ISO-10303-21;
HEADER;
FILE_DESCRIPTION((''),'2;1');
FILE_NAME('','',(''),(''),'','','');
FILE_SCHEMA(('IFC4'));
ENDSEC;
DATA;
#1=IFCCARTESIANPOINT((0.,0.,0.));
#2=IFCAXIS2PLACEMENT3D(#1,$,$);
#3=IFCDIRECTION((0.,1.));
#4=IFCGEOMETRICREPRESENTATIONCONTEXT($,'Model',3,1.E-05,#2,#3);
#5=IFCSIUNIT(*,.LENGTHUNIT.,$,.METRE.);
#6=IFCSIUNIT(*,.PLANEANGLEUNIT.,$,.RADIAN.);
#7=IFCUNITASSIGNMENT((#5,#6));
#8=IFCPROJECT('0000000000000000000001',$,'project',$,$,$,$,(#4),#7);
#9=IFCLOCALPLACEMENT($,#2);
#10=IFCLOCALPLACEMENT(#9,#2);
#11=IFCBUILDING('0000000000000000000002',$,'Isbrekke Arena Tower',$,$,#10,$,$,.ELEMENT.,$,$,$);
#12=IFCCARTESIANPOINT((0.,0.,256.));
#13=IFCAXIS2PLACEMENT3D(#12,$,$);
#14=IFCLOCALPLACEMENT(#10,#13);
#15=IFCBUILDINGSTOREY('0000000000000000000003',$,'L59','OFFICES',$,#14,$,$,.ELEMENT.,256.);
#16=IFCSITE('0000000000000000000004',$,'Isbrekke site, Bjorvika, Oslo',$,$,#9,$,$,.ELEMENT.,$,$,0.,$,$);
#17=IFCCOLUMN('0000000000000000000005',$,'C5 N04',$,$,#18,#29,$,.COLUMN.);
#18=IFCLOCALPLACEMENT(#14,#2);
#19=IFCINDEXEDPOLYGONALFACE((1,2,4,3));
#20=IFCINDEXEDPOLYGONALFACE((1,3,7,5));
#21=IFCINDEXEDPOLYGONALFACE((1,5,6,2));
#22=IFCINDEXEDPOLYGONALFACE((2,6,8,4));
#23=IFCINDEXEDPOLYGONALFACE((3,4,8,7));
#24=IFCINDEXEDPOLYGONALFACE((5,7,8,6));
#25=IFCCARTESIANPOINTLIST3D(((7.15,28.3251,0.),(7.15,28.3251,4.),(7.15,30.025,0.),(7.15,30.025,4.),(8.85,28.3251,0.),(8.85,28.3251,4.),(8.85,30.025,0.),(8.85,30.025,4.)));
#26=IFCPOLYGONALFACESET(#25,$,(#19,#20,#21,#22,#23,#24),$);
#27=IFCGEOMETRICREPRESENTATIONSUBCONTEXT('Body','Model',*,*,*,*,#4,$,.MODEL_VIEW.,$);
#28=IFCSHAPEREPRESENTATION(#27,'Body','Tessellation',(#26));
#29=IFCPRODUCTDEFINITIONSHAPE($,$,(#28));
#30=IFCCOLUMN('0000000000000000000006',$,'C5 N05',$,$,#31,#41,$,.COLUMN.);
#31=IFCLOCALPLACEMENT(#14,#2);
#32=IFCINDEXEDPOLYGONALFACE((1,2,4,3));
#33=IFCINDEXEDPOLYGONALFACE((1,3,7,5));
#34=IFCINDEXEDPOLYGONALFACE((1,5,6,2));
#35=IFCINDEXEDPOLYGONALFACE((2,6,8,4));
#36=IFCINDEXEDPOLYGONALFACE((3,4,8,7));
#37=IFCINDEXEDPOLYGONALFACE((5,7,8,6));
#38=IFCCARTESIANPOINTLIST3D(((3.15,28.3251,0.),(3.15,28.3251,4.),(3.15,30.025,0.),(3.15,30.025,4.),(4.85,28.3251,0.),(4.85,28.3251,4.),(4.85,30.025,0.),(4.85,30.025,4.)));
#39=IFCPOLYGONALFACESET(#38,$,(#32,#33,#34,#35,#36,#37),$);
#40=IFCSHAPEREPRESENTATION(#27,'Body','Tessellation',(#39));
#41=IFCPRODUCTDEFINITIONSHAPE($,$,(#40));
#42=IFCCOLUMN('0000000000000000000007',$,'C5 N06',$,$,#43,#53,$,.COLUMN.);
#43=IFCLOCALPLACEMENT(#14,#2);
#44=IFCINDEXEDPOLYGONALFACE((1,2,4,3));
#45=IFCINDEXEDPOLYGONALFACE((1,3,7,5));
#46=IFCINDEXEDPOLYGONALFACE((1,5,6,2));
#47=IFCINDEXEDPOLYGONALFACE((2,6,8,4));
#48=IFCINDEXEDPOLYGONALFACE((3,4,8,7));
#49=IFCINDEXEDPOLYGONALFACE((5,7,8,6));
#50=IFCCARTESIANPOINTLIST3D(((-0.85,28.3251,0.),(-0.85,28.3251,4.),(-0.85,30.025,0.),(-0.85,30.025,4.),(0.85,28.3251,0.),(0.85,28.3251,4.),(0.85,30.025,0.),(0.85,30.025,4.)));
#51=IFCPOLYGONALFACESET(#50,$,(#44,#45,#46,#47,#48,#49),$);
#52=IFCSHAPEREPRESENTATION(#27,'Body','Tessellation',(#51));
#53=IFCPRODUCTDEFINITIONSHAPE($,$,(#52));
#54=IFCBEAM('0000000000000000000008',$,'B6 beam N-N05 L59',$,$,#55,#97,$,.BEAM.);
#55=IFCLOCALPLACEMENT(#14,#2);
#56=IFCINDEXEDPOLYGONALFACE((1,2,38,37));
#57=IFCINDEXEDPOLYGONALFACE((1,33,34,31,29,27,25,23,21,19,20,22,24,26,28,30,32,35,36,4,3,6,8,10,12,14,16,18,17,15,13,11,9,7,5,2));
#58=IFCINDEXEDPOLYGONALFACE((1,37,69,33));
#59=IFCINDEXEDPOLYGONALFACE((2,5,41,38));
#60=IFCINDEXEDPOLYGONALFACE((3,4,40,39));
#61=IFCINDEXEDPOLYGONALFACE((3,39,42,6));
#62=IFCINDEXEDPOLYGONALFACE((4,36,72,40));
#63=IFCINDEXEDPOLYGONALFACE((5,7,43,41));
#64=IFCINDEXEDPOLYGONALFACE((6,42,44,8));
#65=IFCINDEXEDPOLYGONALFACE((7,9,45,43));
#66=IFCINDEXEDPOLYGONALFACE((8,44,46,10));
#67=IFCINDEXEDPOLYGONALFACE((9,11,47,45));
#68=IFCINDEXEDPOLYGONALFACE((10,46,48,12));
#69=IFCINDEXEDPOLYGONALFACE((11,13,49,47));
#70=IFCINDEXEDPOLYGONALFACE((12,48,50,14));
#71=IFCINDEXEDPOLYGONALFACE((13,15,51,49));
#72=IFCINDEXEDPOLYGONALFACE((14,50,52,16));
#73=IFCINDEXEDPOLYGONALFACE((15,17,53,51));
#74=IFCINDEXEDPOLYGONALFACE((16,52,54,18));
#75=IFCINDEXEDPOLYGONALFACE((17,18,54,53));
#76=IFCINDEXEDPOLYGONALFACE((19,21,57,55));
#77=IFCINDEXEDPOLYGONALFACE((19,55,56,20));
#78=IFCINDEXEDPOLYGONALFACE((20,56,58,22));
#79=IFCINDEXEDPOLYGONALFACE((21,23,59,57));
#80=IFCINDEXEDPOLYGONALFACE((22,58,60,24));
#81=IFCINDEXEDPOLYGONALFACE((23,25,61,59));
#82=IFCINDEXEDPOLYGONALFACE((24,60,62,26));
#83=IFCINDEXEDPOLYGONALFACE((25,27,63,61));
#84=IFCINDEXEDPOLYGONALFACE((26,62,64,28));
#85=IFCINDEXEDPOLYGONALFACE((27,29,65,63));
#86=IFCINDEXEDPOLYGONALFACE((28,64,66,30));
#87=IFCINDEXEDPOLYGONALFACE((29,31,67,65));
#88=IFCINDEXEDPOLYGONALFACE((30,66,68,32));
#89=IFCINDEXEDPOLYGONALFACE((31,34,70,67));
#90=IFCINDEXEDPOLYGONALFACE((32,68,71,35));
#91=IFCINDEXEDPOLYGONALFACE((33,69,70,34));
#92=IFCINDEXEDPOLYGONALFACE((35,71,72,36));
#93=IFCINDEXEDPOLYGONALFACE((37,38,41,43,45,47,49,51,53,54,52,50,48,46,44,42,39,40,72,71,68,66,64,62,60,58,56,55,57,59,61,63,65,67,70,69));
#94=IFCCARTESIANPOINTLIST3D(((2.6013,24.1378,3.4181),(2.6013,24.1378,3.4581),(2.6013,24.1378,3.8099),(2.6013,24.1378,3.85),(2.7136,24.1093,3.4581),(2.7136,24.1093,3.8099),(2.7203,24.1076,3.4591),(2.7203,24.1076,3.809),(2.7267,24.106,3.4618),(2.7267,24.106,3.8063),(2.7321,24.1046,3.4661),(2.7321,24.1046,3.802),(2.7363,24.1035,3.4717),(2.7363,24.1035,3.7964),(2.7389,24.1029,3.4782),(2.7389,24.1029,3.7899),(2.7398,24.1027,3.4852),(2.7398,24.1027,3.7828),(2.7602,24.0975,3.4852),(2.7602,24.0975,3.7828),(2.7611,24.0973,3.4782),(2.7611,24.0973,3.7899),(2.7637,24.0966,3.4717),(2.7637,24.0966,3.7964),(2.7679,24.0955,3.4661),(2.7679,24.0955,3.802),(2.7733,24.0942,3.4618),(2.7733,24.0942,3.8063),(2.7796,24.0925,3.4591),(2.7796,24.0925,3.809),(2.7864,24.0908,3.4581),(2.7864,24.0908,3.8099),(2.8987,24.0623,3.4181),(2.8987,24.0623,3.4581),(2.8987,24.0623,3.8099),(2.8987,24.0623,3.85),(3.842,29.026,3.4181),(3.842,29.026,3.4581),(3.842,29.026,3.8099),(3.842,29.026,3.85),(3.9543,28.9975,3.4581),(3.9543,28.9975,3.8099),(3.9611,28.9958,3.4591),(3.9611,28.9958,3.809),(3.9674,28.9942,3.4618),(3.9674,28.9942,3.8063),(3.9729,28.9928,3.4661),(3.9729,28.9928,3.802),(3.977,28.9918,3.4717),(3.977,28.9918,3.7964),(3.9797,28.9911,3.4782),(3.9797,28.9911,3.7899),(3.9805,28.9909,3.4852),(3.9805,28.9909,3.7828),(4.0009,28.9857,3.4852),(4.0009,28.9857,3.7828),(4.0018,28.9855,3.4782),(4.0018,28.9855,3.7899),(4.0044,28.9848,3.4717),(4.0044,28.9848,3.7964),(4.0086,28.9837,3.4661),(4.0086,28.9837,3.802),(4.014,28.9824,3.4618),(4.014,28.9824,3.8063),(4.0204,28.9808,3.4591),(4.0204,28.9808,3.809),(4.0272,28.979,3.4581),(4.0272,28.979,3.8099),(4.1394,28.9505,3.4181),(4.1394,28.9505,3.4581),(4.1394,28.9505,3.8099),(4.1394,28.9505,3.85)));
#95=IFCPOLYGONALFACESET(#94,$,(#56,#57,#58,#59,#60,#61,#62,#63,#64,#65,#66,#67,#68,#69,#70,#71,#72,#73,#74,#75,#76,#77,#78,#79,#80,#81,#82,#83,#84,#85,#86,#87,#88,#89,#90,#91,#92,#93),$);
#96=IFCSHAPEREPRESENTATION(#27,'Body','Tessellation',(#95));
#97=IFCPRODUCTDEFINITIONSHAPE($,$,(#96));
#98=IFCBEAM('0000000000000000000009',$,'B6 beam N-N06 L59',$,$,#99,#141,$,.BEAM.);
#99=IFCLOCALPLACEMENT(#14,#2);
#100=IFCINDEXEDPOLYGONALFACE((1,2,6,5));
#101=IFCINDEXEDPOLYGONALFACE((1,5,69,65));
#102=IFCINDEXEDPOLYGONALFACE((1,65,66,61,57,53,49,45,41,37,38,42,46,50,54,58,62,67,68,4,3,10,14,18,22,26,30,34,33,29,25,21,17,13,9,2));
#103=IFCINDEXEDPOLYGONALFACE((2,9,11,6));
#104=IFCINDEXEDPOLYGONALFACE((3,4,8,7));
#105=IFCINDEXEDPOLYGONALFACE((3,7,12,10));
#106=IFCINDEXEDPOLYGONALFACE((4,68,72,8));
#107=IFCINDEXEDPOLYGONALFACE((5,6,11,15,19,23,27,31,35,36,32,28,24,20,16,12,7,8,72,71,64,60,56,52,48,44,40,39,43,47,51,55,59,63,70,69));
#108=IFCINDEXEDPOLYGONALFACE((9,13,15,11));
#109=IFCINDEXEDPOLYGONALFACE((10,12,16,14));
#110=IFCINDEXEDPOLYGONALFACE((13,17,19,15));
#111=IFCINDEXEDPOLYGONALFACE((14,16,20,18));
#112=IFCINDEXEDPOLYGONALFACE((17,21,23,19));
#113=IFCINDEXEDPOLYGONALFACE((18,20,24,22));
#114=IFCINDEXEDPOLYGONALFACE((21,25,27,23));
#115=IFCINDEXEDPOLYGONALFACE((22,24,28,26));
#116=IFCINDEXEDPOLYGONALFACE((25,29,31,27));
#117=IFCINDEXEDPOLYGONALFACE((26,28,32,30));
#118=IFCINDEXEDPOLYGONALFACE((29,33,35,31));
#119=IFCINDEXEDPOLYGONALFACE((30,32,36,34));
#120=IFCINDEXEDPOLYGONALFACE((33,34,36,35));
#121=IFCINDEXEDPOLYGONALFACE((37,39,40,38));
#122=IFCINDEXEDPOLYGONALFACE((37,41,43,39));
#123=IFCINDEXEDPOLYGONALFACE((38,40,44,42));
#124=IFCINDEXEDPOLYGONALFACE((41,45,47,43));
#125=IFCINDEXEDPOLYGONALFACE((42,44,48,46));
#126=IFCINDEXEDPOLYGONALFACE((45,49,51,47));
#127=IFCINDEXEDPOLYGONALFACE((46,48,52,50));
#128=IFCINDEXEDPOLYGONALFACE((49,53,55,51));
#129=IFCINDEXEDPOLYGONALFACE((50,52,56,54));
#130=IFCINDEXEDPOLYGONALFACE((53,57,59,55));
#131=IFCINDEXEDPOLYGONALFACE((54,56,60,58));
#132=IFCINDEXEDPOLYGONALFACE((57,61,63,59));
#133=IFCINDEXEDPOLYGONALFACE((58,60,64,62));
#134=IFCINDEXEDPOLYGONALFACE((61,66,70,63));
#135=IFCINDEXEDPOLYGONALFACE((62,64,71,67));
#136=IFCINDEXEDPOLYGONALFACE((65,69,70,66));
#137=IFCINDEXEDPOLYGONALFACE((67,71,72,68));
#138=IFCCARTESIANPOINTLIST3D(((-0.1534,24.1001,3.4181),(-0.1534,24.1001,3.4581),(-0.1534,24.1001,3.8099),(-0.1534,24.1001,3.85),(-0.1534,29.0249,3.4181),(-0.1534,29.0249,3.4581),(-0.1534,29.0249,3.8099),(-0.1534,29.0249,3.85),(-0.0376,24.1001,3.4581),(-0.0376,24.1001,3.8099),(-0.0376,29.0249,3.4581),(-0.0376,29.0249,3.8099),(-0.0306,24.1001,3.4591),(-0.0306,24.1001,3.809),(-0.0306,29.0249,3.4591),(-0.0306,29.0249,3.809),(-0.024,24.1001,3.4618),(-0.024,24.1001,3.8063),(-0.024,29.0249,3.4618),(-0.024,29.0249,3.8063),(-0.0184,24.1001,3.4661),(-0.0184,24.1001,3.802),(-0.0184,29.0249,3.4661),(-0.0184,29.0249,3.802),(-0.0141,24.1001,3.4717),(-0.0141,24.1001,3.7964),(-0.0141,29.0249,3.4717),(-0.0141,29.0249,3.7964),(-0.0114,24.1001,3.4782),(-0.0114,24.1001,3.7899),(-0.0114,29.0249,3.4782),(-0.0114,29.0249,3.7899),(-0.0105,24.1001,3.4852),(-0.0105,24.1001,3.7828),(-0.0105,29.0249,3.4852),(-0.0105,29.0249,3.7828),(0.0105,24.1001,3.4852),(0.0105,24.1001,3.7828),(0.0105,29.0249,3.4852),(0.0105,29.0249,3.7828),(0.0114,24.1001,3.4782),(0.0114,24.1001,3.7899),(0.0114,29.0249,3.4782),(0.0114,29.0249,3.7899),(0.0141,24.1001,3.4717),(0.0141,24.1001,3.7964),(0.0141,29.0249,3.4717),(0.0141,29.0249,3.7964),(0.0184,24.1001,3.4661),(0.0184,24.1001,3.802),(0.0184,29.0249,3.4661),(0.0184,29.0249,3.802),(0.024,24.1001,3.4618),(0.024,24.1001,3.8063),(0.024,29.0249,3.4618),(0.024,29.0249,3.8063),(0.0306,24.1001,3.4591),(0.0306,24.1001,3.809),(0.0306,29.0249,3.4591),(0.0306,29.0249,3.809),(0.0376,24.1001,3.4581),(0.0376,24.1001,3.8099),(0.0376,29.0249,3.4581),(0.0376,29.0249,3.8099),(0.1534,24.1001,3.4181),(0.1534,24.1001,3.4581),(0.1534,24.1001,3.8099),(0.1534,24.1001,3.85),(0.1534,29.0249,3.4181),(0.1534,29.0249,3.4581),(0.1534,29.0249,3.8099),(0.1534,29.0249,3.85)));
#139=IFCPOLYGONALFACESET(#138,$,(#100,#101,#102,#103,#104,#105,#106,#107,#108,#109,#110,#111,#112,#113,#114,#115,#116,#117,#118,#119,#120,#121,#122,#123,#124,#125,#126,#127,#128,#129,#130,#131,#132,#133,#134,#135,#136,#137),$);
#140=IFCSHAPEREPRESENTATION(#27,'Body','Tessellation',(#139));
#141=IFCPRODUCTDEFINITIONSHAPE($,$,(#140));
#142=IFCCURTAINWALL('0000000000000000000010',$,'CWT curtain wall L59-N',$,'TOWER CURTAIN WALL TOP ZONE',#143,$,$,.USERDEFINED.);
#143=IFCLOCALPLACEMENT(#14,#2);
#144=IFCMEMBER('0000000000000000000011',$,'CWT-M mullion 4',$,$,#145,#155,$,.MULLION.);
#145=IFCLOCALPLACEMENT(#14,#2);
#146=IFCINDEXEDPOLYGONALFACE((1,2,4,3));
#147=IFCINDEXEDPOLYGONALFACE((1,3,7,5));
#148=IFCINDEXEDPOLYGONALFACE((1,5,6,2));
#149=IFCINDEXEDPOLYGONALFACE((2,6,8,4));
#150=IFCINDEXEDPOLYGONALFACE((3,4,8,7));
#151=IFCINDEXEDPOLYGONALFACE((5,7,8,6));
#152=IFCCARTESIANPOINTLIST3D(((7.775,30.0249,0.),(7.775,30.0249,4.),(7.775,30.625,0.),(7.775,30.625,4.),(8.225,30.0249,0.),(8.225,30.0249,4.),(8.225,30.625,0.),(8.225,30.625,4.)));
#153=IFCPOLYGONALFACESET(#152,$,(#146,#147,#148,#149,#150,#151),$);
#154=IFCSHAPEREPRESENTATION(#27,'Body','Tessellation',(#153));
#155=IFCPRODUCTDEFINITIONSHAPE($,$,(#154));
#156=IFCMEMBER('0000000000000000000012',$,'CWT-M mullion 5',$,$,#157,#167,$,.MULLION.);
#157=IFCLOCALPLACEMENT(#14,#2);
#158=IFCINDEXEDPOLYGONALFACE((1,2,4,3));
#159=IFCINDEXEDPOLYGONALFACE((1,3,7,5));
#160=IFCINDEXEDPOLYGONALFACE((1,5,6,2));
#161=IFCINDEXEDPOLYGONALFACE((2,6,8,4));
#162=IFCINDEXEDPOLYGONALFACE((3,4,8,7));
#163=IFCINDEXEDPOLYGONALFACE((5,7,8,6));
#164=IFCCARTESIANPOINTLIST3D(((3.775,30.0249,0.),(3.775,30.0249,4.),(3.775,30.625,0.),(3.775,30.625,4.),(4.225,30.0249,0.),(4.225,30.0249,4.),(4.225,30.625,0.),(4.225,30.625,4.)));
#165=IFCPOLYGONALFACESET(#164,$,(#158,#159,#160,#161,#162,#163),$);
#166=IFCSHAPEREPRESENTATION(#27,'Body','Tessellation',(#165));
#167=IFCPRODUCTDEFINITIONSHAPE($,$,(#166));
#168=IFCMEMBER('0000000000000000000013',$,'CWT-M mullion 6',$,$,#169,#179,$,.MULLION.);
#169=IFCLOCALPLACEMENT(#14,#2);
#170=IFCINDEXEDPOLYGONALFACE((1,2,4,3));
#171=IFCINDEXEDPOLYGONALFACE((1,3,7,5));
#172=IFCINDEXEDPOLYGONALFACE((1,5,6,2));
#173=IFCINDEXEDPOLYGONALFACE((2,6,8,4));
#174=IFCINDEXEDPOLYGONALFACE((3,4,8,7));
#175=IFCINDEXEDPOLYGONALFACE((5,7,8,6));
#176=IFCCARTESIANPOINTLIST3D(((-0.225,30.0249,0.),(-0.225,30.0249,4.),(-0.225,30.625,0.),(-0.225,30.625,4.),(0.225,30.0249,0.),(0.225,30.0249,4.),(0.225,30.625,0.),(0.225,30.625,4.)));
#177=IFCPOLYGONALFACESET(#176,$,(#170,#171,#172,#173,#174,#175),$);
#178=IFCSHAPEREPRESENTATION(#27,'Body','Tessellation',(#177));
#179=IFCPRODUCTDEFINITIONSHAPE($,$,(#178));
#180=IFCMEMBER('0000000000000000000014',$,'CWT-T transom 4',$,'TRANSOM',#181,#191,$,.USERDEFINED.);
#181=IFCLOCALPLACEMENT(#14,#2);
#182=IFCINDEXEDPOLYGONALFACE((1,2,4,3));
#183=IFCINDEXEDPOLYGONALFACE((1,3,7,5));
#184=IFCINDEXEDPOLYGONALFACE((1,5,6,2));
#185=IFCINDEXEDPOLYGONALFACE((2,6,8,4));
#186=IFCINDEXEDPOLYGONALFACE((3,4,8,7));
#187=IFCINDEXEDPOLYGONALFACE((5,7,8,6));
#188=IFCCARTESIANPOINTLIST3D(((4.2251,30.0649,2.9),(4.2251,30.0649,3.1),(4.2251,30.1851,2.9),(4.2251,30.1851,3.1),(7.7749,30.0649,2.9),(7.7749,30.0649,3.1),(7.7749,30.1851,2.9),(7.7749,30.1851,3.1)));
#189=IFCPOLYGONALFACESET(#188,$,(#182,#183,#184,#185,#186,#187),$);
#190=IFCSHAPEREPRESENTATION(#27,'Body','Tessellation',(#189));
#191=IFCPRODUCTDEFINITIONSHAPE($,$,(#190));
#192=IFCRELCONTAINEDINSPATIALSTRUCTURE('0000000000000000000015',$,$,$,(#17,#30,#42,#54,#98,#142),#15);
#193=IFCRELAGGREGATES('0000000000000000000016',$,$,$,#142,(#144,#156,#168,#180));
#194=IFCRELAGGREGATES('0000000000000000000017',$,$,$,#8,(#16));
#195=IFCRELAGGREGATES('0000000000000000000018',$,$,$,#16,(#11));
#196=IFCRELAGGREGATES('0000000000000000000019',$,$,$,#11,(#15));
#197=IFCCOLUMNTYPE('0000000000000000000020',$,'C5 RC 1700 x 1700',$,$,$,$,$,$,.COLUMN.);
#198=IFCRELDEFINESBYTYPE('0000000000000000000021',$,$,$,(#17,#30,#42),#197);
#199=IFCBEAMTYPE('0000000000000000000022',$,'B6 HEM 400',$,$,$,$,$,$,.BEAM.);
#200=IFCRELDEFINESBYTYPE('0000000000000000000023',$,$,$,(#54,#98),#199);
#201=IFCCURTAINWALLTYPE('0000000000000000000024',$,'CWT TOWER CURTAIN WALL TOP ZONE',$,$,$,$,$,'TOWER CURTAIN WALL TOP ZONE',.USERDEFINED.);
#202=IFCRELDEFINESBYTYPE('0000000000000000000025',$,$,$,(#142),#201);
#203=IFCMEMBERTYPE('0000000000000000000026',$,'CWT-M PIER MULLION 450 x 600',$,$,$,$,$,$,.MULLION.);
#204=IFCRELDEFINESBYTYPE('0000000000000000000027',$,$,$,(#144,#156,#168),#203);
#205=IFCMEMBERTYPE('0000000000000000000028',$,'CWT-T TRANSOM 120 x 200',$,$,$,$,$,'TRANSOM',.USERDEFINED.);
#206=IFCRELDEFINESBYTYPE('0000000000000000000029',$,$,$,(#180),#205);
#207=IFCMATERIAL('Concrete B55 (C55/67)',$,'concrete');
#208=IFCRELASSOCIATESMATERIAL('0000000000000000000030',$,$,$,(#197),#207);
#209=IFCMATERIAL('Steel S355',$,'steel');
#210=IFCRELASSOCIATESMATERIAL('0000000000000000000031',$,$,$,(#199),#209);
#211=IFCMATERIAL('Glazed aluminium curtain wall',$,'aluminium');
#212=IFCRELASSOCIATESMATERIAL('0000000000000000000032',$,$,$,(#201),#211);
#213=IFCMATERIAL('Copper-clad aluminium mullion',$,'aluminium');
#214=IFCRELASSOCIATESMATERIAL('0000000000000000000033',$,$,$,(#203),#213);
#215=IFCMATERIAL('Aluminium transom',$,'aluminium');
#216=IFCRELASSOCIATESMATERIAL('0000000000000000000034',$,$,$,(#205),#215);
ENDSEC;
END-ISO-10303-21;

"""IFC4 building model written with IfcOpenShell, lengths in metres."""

from ifc_helpers import new_model, si_unit, direction, frame, origin, origin_2d, place, context, subcontext, project, spatial, rectangle, i_section, extrude, material, material_profile, profile_set, type_object, element, aggregate, save


model = new_model("IFC4")

# Units and contexts
model_context = context("Model", 3, precision=1e-05, world=origin(), true_north=direction((0.0, 1.0)))
body_context = subcontext(model_context, "Body", "Model", "MODEL_VIEW")
ifc_project = project(units=[si_unit("LENGTHUNIT", "METRE"), si_unit("PLANEANGLEUNIT", "RADIAN")], contexts=[model_context])

# Site, building, storey
site_placement = place(None, origin())
site = spatial("IfcSite", under=ifc_project, at=site_placement, Name="Isbrekke site, Bjorvika, Oslo", CompositionType="ELEMENT", RefElevation=0.0)
building_placement = place(site_placement, origin())
building = spatial("IfcBuilding", under=site, at=building_placement, Name="Isbrekke Arena Tower", CompositionType="ELEMENT")
storey_placement = place(building_placement, frame((0.0, 0.0, 256.0)))
storey = spatial("IfcBuildingStorey", under=building, at=storey_placement, Name="L59", Description="OFFICES", CompositionType="ELEMENT", Elevation=256.0)

# Columns
ifc_material_1 = material(Name="Concrete B55 (C55/67)", Category="concrete")
ifc_material_profile_1 = material_profile(ifc_material_1, rectangle(XDim=1.7, YDim=1.7, at=origin_2d()), Name="RC 1700x1700")
ifc_profile_set_1 = profile_set([ifc_material_profile_1], Name="Concrete B55 (C55/67)")
column_type = type_object("IfcColumnType", Name="C5 RC 1700 x 1700", PredefinedType="COLUMN", material=ifc_profile_set_1)
for number, where, z_axis, x_axis, name in (
    (1, (8.0, 29.175, 0.0), (0.0, 0.0, 1.0), (-1.0, 0.0, 0.0), "C5 N04"),
    (2, (4.0, 29.175, 0.0), (0.0, 0.0, 1.0), (-1.0, 0.0, 0.0), "C5 N05"),
    (3, (0.0, 29.175, 0.0), (0.0, 0.0, 1.0), (-1.0, 0.0, 0.0), "C5 N06"),
):
    element("IfcColumn", number, at=place(storey_placement, frame(where, z_axis=z_axis, x_axis=x_axis)), inside=storey, type_object=column_type, Name=name, PredefinedType="COLUMN", context=body_context, shape_type="SweptSolid", body=[
        extrude(rectangle(XDim=1.7, YDim=1.7, at=origin_2d()), origin(), (0.0, 0.0, 1.0), 4.0),
    ])

# Beams
ifc_material_2 = material(Name="Steel S355", Category="steel")
ifc_material_profile_2 = material_profile(ifc_material_2, i_section(OverallWidth=0.3069, OverallDepth=0.4319, WebThickness=0.021, FlangeThickness=0.04, FilletRadius=0.0271, at=origin_2d()), Name="HEM 400")
ifc_profile_set_2 = profile_set([ifc_material_profile_2], Name="Steel S355")
beam_type_1 = type_object("IfcBeamType", Name="B6 HEM 400", PredefinedType="BEAM", material=ifc_profile_set_2)
beam_1_placement = place(storey_placement, frame((3.9907, 28.9883, 3.634), z_axis=(-0.24602, -0.969265, 0.0), x_axis=(0.969265, -0.24602, 0.0)))
element("IfcBeam", 4, at=beam_1_placement, inside=storey, type_object=beam_type_1, Name="B6 beam N-N05 L59", PredefinedType="BEAM", context=body_context, shape_type="SweptSolid", body=[
    extrude(i_section(OverallWidth=0.3069, OverallDepth=0.4319, WebThickness=0.021, FlangeThickness=0.04, FilletRadius=0.0271, at=origin_2d()), origin(), (0.0, 0.0, 1.0), 5.0432),
])
beam_2_placement = place(storey_placement, frame((0.0, 29.0249, 3.634), z_axis=(0.0, -1.0, 0.0), x_axis=(1.0, 0.0, 0.0)))
element("IfcBeam", 5, at=beam_2_placement, inside=storey, type_object=beam_type_1, Name="B6 beam N-N06 L59", PredefinedType="BEAM", context=body_context, shape_type="SweptSolid", body=[
    extrude(i_section(OverallWidth=0.3069, OverallDepth=0.4319, WebThickness=0.021, FlangeThickness=0.04, FilletRadius=0.0271, at=origin_2d()), origin(), (0.0, 0.0, 1.0), 4.9248),
])

# Curtain wall, members
ifc_material_3 = material(Name="Glazed aluminium curtain wall", Category="aluminium")
curtain_wall_type = type_object("IfcCurtainWallType", Name="CWT TOWER CURTAIN WALL TOP ZONE", ElementType="TOWER CURTAIN WALL TOP ZONE", PredefinedType="USERDEFINED", material=ifc_material_3)
curtain_wall_placement = place(storey_placement, origin())
curtain_wall = element("IfcCurtainWall", 6, at=curtain_wall_placement, inside=storey, type_object=curtain_wall_type, Name="CWT curtain wall L59-N", ObjectType="TOWER CURTAIN WALL TOP ZONE", PredefinedType="USERDEFINED")
ifc_material_4 = material(Name="Copper-clad aluminium mullion", Category="aluminium")
ifc_material_profile_3 = material_profile(ifc_material_4, rectangle(XDim=0.45, YDim=0.6001, at=origin_2d()), Name="PIER 450X600")
ifc_profile_set_3 = profile_set([ifc_material_profile_3], Name="Copper-clad aluminium mullion")
member_type_1 = type_object("IfcMemberType", Name="CWT-M PIER MULLION 450 x 600", PredefinedType="MULLION", material=ifc_profile_set_3)
member_1_placement = place(storey_placement, frame((8.0, 30.325, 0.0), z_axis=(0.0, 0.0, 1.0), x_axis=(-1.0, 0.0, 0.0)))
member_1 = element("IfcMember", 7, at=member_1_placement, type_object=member_type_1, Name="CWT-M mullion 4", PredefinedType="MULLION", context=body_context, shape_type="SweptSolid", body=[
    extrude(rectangle(XDim=0.45, YDim=0.6001, at=origin_2d()), origin(), (0.0, 0.0, 1.0), 4.0),
])
member_2_placement = place(storey_placement, frame((4.0, 30.325, 0.0), z_axis=(0.0, 0.0, 1.0), x_axis=(-1.0, 0.0, 0.0)))
member_2 = element("IfcMember", 8, at=member_2_placement, type_object=member_type_1, Name="CWT-M mullion 5", PredefinedType="MULLION", context=body_context, shape_type="SweptSolid", body=[
    extrude(rectangle(XDim=0.45, YDim=0.6001, at=origin_2d()), origin(), (0.0, 0.0, 1.0), 4.0),
])
member_3_placement = place(storey_placement, frame((0.0, 30.325, 0.0), z_axis=(0.0, 0.0, 1.0), x_axis=(-1.0, 0.0, 0.0)))
member_3 = element("IfcMember", 9, at=member_3_placement, type_object=member_type_1, Name="CWT-M mullion 6", PredefinedType="MULLION", context=body_context, shape_type="SweptSolid", body=[
    extrude(rectangle(XDim=0.45, YDim=0.6001, at=origin_2d()), origin(), (0.0, 0.0, 1.0), 4.0),
])
ifc_material_5 = material(Name="Aluminium transom", Category="aluminium")
ifc_material_profile_4 = material_profile(ifc_material_5, rectangle(XDim=0.1201, YDim=0.2, at=origin_2d()), Name="TRANSOM 120X200")
ifc_profile_set_4 = profile_set([ifc_material_profile_4], Name="Aluminium transom")
member_type_2 = type_object("IfcMemberType", Name="CWT-T TRANSOM 120 x 200", ElementType="TRANSOM", PredefinedType="USERDEFINED", material=ifc_profile_set_4)
member_4_placement = place(storey_placement, frame((7.7749, 30.125, 3.0), z_axis=(-1.0, 0.0, 0.0), x_axis=(0.0, -1.0, 0.0)))
member_4 = element("IfcMember", 10, at=member_4_placement, type_object=member_type_2, Name="CWT-T transom 4", ObjectType="TRANSOM", PredefinedType="USERDEFINED", context=body_context, shape_type="SweptSolid", body=[
    extrude(rectangle(XDim=0.1201, YDim=0.2, at=origin_2d()), origin(), (0.0, 0.0, 1.0), 3.5498),
])

aggregate(curtain_wall, [member_1, member_2, member_3, member_4])

save(model, "model.ifc")
